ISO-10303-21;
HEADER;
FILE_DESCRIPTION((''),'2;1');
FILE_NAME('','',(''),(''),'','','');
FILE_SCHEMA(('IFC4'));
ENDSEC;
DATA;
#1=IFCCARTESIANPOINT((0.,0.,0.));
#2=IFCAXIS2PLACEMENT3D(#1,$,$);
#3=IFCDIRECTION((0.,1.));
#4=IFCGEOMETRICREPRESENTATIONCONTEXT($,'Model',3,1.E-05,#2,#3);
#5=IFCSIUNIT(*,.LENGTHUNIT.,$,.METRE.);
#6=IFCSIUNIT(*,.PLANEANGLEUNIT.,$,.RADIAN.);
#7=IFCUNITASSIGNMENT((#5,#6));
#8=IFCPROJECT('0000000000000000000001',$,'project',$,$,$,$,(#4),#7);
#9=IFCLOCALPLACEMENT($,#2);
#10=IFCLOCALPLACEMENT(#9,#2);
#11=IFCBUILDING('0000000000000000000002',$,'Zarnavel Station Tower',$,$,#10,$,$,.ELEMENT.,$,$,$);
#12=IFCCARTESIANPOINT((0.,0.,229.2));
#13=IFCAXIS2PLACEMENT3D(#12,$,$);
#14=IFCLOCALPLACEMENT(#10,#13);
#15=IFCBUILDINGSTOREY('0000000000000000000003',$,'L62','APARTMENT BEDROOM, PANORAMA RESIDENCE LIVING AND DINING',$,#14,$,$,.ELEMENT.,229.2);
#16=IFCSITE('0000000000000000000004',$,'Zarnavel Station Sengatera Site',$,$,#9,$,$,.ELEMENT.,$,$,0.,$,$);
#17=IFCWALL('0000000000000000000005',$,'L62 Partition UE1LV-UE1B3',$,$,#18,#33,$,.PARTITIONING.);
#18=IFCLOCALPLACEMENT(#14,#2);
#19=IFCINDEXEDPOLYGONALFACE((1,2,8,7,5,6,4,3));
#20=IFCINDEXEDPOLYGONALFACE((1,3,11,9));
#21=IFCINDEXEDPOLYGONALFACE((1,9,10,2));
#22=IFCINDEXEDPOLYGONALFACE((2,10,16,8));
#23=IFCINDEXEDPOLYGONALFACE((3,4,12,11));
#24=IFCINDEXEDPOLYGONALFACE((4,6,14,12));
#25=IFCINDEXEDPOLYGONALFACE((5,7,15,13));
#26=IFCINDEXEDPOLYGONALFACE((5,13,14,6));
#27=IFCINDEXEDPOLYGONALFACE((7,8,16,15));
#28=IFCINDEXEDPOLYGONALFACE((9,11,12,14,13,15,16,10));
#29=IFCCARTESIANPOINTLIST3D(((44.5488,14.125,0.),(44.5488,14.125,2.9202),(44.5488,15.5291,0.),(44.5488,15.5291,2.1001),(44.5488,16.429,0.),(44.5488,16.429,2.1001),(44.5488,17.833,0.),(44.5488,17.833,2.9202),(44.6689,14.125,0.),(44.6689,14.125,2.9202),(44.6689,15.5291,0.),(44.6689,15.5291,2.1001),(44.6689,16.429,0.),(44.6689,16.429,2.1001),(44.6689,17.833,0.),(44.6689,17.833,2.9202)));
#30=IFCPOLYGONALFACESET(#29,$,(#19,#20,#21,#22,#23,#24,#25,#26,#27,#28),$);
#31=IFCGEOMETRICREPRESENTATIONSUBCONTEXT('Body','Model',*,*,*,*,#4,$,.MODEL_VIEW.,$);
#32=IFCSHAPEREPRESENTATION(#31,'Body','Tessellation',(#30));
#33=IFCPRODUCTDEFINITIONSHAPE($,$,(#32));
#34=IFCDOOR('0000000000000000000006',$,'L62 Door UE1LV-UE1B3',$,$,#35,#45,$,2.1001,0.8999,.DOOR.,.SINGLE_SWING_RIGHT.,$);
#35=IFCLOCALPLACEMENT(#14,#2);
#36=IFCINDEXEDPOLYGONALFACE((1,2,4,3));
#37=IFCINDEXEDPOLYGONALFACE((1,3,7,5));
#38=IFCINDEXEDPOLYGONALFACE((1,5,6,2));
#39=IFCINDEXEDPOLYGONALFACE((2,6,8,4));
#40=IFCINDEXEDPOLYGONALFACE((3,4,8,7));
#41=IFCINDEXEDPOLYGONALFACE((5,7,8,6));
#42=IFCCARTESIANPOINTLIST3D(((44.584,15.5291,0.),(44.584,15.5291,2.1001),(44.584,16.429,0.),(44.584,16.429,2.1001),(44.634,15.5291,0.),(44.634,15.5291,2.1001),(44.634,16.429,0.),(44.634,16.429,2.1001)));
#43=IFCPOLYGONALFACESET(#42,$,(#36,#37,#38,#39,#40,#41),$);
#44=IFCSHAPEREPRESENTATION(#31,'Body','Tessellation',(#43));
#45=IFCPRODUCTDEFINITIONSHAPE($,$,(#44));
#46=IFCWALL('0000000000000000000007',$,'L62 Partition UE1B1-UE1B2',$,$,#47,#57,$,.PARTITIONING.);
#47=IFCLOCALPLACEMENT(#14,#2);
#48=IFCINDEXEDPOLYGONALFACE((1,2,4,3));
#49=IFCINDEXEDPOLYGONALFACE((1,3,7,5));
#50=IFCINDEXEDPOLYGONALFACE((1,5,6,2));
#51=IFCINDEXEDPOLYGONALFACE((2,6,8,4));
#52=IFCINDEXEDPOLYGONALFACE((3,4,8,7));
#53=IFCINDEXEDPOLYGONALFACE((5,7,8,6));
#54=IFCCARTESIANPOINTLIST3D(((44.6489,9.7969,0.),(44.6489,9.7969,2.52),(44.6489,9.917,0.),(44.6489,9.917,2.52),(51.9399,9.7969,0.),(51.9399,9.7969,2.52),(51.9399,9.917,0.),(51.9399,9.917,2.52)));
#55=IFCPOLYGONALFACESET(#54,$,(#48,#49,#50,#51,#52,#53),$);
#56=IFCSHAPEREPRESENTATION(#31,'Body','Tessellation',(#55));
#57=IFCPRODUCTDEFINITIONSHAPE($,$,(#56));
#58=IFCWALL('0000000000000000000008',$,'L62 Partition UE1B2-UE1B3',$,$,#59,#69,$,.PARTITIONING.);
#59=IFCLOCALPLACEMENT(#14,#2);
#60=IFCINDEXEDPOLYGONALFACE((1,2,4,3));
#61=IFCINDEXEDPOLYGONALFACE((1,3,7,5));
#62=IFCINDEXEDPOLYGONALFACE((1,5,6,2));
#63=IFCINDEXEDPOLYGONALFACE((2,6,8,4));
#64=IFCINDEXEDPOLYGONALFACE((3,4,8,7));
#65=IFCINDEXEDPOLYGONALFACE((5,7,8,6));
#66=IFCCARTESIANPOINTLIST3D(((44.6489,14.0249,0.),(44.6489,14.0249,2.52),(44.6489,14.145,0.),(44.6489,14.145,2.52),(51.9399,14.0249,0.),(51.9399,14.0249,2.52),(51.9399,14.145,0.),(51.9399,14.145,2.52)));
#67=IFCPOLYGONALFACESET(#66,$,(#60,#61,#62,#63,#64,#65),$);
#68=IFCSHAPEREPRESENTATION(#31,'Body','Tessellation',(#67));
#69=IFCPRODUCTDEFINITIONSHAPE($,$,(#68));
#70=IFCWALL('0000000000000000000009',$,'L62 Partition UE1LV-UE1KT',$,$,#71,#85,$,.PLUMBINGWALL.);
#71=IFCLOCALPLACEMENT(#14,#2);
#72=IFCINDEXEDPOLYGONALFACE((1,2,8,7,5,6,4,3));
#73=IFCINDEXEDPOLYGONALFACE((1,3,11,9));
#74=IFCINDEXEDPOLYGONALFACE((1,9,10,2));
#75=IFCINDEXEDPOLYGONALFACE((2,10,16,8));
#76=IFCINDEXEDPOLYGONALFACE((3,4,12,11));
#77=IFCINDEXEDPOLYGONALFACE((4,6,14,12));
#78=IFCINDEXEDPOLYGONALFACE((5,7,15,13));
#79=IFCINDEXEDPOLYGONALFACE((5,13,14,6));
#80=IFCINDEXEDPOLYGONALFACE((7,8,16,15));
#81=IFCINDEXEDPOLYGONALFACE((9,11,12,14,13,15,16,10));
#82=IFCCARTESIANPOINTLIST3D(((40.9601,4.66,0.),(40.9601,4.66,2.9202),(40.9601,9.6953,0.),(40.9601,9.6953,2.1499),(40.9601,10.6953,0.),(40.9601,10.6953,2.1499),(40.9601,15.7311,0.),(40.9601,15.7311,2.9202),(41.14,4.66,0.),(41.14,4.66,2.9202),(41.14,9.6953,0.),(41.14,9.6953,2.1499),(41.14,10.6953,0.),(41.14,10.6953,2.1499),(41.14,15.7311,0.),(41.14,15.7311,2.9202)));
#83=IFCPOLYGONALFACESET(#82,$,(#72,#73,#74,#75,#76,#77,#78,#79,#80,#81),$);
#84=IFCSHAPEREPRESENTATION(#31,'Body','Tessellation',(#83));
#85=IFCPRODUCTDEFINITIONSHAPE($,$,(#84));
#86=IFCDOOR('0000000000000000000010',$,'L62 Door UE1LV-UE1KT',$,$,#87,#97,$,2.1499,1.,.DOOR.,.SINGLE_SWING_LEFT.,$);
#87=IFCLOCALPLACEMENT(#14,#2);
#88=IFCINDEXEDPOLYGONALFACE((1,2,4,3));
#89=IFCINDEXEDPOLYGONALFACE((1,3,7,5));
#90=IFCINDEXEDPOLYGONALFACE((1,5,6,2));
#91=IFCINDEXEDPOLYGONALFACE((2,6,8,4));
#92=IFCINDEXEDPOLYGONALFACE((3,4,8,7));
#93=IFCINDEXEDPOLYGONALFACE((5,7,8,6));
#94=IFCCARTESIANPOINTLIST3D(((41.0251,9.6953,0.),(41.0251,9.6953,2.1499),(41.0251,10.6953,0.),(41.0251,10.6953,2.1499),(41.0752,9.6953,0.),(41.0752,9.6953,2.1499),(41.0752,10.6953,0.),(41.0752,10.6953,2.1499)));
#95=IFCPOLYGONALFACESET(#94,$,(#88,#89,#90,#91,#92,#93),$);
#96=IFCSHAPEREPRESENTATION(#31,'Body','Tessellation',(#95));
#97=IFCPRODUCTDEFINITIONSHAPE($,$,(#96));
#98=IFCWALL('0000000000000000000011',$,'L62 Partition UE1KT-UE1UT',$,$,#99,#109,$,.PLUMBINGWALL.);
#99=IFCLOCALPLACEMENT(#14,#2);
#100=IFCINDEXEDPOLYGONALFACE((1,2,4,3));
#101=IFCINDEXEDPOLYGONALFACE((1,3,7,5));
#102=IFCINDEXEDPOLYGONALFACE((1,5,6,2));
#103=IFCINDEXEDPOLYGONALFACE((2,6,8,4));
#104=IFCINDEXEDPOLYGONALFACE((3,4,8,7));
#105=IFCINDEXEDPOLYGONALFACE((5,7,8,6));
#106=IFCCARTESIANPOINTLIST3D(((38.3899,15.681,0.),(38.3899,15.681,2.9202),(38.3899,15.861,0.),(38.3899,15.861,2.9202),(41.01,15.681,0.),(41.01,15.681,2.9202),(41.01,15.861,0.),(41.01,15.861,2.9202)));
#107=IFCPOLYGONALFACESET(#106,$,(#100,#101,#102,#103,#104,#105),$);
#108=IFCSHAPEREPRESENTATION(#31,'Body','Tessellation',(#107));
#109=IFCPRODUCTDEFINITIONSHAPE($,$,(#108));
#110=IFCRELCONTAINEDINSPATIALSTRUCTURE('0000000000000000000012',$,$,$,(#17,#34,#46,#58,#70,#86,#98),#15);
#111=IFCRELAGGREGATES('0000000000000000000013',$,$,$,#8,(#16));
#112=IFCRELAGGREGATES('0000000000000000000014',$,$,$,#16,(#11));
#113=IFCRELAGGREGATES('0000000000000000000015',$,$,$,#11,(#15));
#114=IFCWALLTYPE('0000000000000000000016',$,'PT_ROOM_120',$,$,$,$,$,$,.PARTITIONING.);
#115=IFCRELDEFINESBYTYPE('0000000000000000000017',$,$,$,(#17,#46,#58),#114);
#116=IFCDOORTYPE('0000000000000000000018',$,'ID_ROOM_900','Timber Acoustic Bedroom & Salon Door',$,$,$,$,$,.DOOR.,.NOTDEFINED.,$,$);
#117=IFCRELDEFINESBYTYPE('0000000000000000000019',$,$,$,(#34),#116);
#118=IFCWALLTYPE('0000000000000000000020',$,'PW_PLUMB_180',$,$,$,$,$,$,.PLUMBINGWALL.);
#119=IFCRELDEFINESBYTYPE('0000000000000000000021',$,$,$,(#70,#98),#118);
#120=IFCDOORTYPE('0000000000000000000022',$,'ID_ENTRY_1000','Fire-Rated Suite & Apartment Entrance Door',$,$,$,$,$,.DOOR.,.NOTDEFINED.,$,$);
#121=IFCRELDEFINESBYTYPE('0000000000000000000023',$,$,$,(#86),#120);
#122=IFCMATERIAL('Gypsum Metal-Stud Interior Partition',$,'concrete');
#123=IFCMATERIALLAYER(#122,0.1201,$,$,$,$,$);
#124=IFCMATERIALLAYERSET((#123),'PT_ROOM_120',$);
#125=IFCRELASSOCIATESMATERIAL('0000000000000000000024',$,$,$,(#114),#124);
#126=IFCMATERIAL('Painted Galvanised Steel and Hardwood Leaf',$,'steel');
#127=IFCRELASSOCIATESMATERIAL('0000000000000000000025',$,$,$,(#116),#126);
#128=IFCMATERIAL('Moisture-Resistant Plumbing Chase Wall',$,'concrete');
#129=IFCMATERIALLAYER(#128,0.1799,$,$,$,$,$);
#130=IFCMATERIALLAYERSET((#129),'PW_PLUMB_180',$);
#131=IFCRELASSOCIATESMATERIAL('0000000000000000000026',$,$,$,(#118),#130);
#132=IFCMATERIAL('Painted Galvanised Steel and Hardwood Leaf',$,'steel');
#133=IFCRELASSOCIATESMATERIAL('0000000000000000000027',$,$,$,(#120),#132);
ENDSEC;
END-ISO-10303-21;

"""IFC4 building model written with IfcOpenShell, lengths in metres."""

from ifc_helpers import new_model, si_unit, direction, frame, frame_2d, origin, place, context, subcontext, project, spatial, rectangle, extrude, material, layer, layer_set, type_object, element, fill, save


model = new_model("IFC4")

# Units and contexts
model_context = context("Model", 3, precision=1e-05, world=origin(), true_north=direction((0.0, 1.0)))
body_context = subcontext(model_context, "Body", "Model", "MODEL_VIEW")
ifc_project = project(units=[si_unit("LENGTHUNIT", "METRE"), si_unit("PLANEANGLEUNIT", "RADIAN")], contexts=[model_context])

# Site, building, storey
site_placement = place(None, origin())
site = spatial("IfcSite", under=ifc_project, at=site_placement, Name="Zarnavel Station Sengatera Site", CompositionType="ELEMENT", RefElevation=0.0)
building_placement = place(site_placement, origin())
building = spatial("IfcBuilding", under=site, at=building_placement, Name="Zarnavel Station Tower", CompositionType="ELEMENT")
storey_placement = place(building_placement, frame((0.0, 0.0, 229.2)))
storey = spatial("IfcBuildingStorey", under=building, at=storey_placement, Name="L62", Description="APARTMENT BEDROOM, PANORAMA RESIDENCE LIVING AND DINING", CompositionType="ELEMENT", Elevation=229.2)

# Wall, opening, door
ifc_material_1 = material(Name="Gypsum Metal-Stud Interior Partition", Category="concrete")
ifc_layer_1 = layer(ifc_material_1, 0.1201)
ifc_layer_set_1 = layer_set([ifc_layer_1], Name="PT_ROOM_120")
wall_type_1 = type_object("IfcWallType", Name="PT_ROOM_120", PredefinedType="PARTITIONING", material=ifc_layer_set_1)
ifc_material_2 = material(Name="Painted Galvanised Steel and Hardwood Leaf", Category="steel")
door_type_1 = type_object("IfcDoorType", Name="ID_ROOM_900", Description="Timber Acoustic Bedroom & Salon Door", OperationType="NOTDEFINED", PredefinedType="DOOR", material=ifc_material_2)
wall_1_placement = place(storey_placement, frame((44.6089, 14.125, 0.0), z_axis=(0.0, 0.0, 1.0), x_axis=(0.0, 1.0, 0.0)))
wall_1 = element("IfcWall", 1, at=wall_1_placement, inside=storey, type_object=wall_type_1, Name="L62 Partition UE1LV-UE1B3", PredefinedType="PARTITIONING", context=body_context, shape_type="SweptSolid", body=[
    extrude(rectangle(XDim=3.708, YDim=0.1201, at=frame_2d((1.854, 0.0))), origin(), (0.0, 0.0, 1.0), 2.9202),
])
opening_1_placement = place(wall_1_placement, frame((1.4041, 0.0, 0.0)))
opening_1 = element("IfcOpeningElement", 2, at=opening_1_placement, cuts=wall_1, PredefinedType="OPENING", context=body_context, shape_type="SweptSolid", body=[
    extrude(rectangle(XDim=0.8999, YDim=2.1001, at=frame_2d((0.45, 1.05))), frame((0.0, 0.0701, 0.0), z_axis=(0.0, -1.0, 0.0), x_axis=(1.0, 0.0, 0.0)), (0.0, 0.0, 1.0), 0.1401),
])
door_1_placement = place(opening_1_placement, origin())
door_1 = element("IfcDoor", 3, at=door_1_placement, inside=storey, type_object=door_type_1, Name="L62 Door UE1LV-UE1B3", OperationType="SINGLE_SWING_RIGHT", OverallHeight=2.1001, OverallWidth=0.8999, PredefinedType="DOOR", context=body_context, shape_type="SweptSolid", body=[
    extrude(rectangle(XDim=0.8999, YDim=2.1001, at=frame_2d((0.45, 1.05))), frame((0.0, 0.0249, 0.0), z_axis=(0.0, -1.0, 0.0), x_axis=(1.0, 0.0, 0.0)), (0.0, 0.0, 1.0), 0.05),
])
fill(opening_1, door_1)

# Walls
for number, where, z_axis, x_axis, name in (
    (4, (44.6489, 9.8569, 0.0), (0.0, 0.0, 1.0), (1.0, 0.0, 0.0), "L62 Partition UE1B1-UE1B2"),
    (5, (44.6489, 14.085, 0.0), (0.0, 0.0, 1.0), (1.0, 0.0, 0.0), "L62 Partition UE1B2-UE1B3"),
):
    element("IfcWall", number, at=place(storey_placement, frame(where, z_axis=z_axis, x_axis=x_axis)), inside=storey, type_object=wall_type_1, Name=name, PredefinedType="PARTITIONING", context=body_context, shape_type="SweptSolid", body=[
        extrude(rectangle(XDim=7.291, YDim=0.1201, at=frame_2d((3.6455, 0.0))), origin(), (0.0, 0.0, 1.0), 2.52),
    ])

# Wall, opening, door
ifc_material_3 = material(Name="Moisture-Resistant Plumbing Chase Wall", Category="concrete")
ifc_layer_2 = layer(ifc_material_3, 0.1799)
ifc_layer_set_2 = layer_set([ifc_layer_2], Name="PW_PLUMB_180")
wall_type_2 = type_object("IfcWallType", Name="PW_PLUMB_180", PredefinedType="PLUMBINGWALL", material=ifc_layer_set_2)
wall_2_placement = place(storey_placement, frame((41.05, 4.6599, 0.0), z_axis=(0.0, 0.0, 1.0), x_axis=(0.0, 1.0, 0.0)))
wall_2 = element("IfcWall", 6, at=wall_2_placement, inside=storey, type_object=wall_type_2, Name="L62 Partition UE1LV-UE1KT", PredefinedType="PLUMBINGWALL", context=body_context, shape_type="SweptSolid", body=[
    extrude(rectangle(XDim=11.071, YDim=0.1799, at=frame_2d((5.5356, 0.0))), origin(), (0.0, 0.0, 1.0), 2.9202),
])
opening_2_placement = place(wall_2_placement, frame((5.0354, 0.0, 0.0)))
opening_2 = element("IfcOpeningElement", 7, at=opening_2_placement, cuts=wall_2, PredefinedType="OPENING", context=body_context, shape_type="SweptSolid", body=[
    extrude(rectangle(XDim=1.0, YDim=2.1499, at=frame_2d((0.5, 1.075))), frame((0.0, 0.0999, 0.0), z_axis=(0.0, -1.0, 0.0), x_axis=(1.0, 0.0, 0.0)), (0.0, 0.0, 1.0), 0.2),
])
ifc_material_4 = material(Name="Painted Galvanised Steel and Hardwood Leaf", Category="steel")
door_type_2 = type_object("IfcDoorType", Name="ID_ENTRY_1000", Description="Fire-Rated Suite & Apartment Entrance Door", OperationType="NOTDEFINED", PredefinedType="DOOR", material=ifc_material_4)
door_2_placement = place(opening_2_placement, origin())
door_2 = element("IfcDoor", 8, at=door_2_placement, inside=storey, type_object=door_type_2, Name="L62 Door UE1LV-UE1KT", OperationType="SINGLE_SWING_LEFT", OverallHeight=2.1499, OverallWidth=1.0, PredefinedType="DOOR", context=body_context, shape_type="SweptSolid", body=[
    extrude(rectangle(XDim=1.0, YDim=2.1499, at=frame_2d((0.5, 1.075))), frame((0.0, 0.0249, 0.0), z_axis=(0.0, -1.0, 0.0), x_axis=(1.0, 0.0, 0.0)), (0.0, 0.0, 1.0), 0.05),
])
fill(opening_2, door_2)

# Wall
wall_3_placement = place(storey_placement, frame((38.3899, 15.771, 0.0), z_axis=(0.0, 0.0, 1.0), x_axis=(1.0, 0.0, 0.0)))
element("IfcWall", 9, at=wall_3_placement, inside=storey, type_object=wall_type_2, Name="L62 Partition UE1KT-UE1UT", PredefinedType="PLUMBINGWALL", context=body_context, shape_type="SweptSolid", body=[
    extrude(rectangle(XDim=2.6201, YDim=0.1799, at=frame_2d((1.3101, 0.0))), origin(), (0.0, 0.0, 1.0), 2.9202),
])

save(model, "model.ifc")
